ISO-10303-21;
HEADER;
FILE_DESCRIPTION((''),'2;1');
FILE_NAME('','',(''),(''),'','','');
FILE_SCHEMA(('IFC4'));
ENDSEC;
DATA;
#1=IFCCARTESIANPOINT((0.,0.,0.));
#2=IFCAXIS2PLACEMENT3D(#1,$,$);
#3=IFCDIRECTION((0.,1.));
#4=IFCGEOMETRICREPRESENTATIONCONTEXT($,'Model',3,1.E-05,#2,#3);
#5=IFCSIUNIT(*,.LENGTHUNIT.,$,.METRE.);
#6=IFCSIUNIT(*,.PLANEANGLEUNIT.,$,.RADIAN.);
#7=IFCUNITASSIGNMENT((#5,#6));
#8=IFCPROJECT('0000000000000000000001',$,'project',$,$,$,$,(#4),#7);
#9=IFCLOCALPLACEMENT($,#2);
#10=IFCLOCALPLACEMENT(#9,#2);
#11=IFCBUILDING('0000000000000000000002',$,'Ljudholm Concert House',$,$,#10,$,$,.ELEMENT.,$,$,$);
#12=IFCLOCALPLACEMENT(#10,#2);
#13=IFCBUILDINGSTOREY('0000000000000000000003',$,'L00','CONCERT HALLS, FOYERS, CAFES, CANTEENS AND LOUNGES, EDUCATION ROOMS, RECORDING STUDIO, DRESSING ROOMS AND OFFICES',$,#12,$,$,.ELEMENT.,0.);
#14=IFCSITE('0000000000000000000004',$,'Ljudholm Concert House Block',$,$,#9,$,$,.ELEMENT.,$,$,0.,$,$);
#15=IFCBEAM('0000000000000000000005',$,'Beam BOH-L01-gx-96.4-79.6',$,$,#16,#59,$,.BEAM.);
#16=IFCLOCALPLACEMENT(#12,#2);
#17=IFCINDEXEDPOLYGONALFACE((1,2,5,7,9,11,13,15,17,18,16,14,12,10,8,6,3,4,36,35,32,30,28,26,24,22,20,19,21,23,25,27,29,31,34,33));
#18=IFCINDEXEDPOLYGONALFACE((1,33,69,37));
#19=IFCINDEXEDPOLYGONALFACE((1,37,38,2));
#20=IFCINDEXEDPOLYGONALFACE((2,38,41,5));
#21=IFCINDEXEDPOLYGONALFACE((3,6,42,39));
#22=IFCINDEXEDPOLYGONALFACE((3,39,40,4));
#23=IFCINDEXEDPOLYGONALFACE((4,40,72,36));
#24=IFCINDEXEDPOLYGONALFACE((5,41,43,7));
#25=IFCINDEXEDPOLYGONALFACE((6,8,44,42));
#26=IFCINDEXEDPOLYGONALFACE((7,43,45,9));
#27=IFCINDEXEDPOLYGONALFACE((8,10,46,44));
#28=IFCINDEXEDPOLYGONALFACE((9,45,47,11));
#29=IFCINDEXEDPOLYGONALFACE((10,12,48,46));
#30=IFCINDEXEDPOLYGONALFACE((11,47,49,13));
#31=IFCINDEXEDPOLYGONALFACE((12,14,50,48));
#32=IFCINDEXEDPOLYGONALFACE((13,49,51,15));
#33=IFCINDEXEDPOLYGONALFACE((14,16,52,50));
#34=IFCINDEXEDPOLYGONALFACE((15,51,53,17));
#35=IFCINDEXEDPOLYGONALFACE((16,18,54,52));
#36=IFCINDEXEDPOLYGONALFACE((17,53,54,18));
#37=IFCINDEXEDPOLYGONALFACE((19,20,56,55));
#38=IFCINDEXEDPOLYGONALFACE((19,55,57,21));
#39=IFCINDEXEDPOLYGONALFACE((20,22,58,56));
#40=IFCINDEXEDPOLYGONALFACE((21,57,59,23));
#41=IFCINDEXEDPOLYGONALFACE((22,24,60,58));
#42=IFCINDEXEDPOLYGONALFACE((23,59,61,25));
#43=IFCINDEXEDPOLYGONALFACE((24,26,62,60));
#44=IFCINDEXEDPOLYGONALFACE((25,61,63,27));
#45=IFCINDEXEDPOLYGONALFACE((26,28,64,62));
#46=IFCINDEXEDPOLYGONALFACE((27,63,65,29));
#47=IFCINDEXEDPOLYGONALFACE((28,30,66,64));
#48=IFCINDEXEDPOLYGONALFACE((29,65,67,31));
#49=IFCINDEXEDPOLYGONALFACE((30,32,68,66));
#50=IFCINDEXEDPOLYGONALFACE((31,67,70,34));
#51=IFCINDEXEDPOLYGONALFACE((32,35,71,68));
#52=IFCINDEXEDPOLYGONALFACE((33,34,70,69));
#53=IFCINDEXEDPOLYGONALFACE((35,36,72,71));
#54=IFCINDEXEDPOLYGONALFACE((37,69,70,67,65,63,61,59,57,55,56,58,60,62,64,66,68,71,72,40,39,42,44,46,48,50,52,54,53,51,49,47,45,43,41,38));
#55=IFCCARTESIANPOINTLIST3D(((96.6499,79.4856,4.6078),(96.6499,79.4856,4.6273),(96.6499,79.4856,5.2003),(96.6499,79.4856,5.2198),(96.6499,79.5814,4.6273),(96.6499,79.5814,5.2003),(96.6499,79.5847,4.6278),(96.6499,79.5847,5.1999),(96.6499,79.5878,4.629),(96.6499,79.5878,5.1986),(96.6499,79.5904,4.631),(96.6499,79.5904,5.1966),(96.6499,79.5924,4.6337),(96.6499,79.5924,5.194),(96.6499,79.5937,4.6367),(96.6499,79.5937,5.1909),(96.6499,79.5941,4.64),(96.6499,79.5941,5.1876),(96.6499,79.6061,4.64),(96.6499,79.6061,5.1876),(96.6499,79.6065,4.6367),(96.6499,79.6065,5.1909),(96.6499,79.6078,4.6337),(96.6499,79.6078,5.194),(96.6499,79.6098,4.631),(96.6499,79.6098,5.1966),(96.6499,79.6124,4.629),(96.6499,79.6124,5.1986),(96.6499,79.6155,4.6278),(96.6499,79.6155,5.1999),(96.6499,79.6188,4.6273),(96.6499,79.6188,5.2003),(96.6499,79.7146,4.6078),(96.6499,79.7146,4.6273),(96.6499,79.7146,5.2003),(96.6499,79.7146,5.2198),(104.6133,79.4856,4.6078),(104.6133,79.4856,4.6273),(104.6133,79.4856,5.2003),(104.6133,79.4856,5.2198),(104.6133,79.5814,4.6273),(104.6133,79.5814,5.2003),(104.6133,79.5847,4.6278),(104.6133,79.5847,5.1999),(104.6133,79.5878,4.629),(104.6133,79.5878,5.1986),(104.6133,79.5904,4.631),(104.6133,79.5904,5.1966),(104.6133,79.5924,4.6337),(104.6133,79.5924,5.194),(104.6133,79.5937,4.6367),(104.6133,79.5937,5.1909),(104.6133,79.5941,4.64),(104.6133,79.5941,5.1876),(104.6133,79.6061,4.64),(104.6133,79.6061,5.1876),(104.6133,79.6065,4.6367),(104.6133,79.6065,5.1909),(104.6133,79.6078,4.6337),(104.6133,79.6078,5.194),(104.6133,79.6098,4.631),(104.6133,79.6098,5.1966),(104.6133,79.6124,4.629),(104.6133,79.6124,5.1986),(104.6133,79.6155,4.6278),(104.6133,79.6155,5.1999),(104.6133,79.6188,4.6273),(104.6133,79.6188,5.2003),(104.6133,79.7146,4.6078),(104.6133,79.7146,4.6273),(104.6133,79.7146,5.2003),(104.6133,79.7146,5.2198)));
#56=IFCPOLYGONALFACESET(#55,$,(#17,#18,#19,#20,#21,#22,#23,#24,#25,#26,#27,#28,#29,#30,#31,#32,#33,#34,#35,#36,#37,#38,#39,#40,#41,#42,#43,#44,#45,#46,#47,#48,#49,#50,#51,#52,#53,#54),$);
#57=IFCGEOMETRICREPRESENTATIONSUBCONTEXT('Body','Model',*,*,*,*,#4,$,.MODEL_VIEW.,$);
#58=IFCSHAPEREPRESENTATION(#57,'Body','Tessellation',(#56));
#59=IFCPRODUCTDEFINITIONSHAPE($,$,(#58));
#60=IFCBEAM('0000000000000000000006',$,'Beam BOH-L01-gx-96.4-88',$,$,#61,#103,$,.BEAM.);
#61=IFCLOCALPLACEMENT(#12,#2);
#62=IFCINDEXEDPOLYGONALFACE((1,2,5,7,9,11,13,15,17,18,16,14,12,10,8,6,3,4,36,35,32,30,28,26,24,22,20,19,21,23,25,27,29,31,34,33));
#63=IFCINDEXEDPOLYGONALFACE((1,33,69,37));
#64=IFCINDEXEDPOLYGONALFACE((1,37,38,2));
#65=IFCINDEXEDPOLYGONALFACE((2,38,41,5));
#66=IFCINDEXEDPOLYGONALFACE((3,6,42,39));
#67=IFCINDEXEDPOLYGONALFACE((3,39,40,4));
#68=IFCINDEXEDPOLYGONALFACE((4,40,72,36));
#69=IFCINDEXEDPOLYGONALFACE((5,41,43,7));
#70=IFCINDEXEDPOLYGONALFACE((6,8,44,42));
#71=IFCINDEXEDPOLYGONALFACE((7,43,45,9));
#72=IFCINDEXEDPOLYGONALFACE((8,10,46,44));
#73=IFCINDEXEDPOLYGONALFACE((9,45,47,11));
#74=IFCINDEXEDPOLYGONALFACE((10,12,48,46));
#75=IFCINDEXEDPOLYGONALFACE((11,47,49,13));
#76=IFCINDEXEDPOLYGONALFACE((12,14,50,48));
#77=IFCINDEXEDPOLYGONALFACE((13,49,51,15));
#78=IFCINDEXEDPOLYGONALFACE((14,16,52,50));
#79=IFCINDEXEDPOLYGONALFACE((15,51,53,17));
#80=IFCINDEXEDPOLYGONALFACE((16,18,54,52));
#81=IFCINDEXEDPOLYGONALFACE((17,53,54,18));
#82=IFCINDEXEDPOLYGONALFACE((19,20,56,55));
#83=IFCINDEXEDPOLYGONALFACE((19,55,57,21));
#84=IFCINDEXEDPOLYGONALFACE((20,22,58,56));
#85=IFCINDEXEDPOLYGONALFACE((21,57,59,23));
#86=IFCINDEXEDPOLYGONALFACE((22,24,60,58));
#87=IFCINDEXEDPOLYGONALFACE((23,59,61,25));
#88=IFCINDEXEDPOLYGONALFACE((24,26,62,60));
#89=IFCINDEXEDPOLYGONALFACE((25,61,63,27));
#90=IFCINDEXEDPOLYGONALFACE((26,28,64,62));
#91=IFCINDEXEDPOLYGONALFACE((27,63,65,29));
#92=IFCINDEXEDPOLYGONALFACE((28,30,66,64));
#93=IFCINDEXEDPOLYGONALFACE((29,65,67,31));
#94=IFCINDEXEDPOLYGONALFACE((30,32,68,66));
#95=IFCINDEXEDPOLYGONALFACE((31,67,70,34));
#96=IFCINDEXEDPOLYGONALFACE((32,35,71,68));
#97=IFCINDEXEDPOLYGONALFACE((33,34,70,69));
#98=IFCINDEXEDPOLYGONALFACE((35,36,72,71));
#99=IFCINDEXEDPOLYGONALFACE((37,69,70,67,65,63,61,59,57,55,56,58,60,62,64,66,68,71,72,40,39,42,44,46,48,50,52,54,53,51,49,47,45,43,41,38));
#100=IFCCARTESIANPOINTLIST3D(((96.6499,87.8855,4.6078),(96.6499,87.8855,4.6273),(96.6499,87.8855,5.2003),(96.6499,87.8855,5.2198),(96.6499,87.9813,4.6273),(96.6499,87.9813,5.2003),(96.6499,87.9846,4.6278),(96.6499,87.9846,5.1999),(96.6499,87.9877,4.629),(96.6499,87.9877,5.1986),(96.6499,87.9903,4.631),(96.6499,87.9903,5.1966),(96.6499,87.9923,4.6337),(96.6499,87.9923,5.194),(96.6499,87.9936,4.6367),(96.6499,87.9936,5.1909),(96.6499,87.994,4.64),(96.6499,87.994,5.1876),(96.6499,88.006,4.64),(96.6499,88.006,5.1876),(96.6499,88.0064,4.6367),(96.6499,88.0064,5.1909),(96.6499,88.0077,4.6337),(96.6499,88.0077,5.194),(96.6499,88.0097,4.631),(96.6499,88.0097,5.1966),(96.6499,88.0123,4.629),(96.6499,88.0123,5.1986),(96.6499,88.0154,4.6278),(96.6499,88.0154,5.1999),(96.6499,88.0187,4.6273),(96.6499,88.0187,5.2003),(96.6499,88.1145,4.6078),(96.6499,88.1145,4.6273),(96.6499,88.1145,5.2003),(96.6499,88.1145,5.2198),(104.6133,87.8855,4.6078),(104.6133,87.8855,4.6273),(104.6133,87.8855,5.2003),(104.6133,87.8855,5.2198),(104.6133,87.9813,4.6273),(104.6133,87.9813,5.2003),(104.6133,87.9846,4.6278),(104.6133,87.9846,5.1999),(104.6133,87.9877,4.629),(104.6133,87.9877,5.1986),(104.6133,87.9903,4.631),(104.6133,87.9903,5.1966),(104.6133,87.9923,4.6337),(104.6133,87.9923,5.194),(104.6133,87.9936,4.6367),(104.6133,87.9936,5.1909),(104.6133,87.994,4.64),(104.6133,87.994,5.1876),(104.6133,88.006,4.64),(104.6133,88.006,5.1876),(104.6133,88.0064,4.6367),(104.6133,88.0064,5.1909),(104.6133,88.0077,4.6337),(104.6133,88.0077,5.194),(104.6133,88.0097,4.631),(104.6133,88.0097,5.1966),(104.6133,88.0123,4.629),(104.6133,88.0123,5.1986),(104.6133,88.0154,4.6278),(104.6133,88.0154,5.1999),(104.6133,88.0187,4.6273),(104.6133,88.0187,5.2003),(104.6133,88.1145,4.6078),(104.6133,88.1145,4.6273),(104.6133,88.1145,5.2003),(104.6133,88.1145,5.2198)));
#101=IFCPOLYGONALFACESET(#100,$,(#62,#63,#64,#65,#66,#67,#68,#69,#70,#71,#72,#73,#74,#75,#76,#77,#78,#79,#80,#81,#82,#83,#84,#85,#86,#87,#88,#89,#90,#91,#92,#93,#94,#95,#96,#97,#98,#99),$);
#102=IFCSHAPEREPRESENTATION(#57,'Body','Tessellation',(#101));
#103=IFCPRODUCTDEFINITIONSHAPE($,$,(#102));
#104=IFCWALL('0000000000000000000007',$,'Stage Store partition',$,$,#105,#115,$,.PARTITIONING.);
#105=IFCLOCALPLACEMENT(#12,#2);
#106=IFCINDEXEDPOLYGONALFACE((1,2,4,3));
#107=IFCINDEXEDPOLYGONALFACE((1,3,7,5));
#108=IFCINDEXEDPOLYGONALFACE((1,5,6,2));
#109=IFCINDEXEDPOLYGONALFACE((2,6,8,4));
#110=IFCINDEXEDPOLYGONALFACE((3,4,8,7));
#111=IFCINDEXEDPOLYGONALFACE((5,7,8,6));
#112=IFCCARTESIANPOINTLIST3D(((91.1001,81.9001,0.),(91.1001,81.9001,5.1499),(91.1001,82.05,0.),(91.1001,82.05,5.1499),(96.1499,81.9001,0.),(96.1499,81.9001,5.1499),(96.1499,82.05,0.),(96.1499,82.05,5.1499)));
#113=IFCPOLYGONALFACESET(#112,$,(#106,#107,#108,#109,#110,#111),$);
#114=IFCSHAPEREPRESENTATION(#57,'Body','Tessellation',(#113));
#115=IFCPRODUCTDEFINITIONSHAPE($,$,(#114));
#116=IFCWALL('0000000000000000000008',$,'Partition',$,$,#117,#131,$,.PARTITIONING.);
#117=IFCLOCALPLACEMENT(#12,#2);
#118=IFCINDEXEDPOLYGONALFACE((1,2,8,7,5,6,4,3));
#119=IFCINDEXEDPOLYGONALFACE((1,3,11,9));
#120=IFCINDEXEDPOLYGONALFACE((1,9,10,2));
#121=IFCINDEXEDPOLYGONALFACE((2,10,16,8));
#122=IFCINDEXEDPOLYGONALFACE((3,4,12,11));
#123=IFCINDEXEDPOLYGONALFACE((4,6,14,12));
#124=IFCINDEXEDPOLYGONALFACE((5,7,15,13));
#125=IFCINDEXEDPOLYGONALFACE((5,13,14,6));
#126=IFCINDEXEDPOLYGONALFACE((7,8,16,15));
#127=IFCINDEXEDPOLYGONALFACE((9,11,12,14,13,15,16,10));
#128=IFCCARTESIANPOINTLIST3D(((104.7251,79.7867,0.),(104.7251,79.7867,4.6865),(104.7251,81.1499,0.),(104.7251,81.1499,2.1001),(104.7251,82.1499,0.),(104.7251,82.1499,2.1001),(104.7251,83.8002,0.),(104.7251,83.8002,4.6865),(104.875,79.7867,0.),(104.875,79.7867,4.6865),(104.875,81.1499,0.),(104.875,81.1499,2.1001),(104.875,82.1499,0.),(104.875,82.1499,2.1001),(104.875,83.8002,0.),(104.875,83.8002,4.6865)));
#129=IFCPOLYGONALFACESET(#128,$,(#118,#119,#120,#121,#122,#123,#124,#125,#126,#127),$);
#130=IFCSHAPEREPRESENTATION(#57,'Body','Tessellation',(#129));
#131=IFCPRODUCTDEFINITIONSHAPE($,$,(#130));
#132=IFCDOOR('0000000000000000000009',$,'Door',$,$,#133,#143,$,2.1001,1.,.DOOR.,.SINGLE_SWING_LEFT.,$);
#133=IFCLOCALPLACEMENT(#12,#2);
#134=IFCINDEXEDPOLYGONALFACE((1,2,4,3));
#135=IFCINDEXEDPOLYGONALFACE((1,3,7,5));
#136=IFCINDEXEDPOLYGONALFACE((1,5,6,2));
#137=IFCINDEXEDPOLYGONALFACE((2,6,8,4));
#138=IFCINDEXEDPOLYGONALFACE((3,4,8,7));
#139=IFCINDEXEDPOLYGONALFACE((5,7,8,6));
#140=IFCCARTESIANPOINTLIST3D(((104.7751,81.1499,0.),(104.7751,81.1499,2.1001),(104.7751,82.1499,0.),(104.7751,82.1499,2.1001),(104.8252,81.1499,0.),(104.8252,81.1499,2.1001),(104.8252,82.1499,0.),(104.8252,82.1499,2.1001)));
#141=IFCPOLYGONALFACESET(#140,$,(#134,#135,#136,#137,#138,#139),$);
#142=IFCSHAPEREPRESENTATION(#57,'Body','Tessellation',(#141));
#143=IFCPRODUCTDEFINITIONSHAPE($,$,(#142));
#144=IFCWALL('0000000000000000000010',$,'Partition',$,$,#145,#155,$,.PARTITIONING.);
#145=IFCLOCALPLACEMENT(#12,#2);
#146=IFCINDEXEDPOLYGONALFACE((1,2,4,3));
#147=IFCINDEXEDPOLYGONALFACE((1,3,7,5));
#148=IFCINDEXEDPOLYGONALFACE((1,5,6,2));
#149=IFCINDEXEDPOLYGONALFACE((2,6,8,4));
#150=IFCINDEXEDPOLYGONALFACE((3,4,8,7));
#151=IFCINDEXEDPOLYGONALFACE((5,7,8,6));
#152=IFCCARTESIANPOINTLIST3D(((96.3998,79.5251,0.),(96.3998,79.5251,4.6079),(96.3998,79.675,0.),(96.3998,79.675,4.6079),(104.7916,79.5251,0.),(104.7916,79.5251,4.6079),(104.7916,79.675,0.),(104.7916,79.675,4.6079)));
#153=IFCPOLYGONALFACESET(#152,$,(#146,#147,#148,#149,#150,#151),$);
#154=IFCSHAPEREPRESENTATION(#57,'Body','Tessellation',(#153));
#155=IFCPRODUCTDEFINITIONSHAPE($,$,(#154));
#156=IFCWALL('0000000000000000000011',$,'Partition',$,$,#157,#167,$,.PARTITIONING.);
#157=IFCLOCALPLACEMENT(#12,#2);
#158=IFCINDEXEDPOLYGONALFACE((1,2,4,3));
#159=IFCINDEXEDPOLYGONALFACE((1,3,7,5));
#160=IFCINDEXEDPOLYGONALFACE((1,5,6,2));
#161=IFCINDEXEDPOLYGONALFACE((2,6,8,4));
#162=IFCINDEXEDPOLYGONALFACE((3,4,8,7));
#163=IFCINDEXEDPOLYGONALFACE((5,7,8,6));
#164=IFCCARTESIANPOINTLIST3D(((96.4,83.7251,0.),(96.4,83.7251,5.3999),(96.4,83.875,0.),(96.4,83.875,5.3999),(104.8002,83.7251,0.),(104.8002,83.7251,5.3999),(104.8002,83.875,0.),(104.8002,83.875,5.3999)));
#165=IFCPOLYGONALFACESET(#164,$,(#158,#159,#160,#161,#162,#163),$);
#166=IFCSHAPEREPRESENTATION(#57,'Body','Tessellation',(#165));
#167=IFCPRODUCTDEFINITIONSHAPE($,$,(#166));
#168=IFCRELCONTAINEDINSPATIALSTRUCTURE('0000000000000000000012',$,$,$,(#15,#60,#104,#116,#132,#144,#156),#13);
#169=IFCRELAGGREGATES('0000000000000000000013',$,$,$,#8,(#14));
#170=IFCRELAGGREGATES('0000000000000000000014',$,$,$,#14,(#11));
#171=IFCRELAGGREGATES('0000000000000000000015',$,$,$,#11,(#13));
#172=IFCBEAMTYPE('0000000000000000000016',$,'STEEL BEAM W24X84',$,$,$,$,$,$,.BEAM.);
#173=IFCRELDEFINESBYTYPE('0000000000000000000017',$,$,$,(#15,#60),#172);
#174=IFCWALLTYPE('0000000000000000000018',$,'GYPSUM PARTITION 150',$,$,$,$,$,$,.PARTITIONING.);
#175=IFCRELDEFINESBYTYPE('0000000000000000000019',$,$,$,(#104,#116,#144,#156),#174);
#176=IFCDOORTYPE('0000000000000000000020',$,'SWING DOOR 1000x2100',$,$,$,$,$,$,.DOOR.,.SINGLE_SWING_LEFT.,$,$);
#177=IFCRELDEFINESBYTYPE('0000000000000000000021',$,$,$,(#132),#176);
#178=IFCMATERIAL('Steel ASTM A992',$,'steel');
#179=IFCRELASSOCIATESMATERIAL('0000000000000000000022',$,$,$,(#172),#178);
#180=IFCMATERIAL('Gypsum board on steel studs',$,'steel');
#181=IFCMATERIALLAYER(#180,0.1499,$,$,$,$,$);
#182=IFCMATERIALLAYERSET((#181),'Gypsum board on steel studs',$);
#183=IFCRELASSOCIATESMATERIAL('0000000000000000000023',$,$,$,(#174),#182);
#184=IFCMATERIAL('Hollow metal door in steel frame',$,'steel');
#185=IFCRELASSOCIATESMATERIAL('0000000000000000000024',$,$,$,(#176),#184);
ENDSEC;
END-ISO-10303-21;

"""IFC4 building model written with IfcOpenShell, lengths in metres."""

from ifc_helpers import new_model, si_unit, direction, frame, frame_2d, origin, origin_2d, place, context, subcontext, project, spatial, rectangle, i_section, extrude, material, layer, layer_set, material_profile, profile_set, type_object, element, fill, save


model = new_model("IFC4")

# Units and contexts
model_context = context("Model", 3, precision=1e-05, world=origin(), true_north=direction((0.0, 1.0)))
body_context = subcontext(model_context, "Body", "Model", "MODEL_VIEW")
ifc_project = project(units=[si_unit("LENGTHUNIT", "METRE"), si_unit("PLANEANGLEUNIT", "RADIAN")], contexts=[model_context])

# Site, building, storey
site_placement = place(None, origin())
site = spatial("IfcSite", under=ifc_project, at=site_placement, Name="Ljudholm Concert House Block", CompositionType="ELEMENT", RefElevation=0.0)
building_placement = place(site_placement, origin())
building = spatial("IfcBuilding", under=site, at=building_placement, Name="Ljudholm Concert House", CompositionType="ELEMENT")
storey_placement = place(building_placement, origin())
storey = spatial("IfcBuildingStorey", under=building, at=storey_placement, Name="L00", Description="CONCERT HALLS, FOYERS, CAFES, CANTEENS AND LOUNGES, EDUCATION ROOMS, RECORDING STUDIO, DRESSING ROOMS AND OFFICES", CompositionType="ELEMENT", Elevation=0.0)

# Beams
ifc_material_1 = material(Name="Steel ASTM A992", Category="steel")
ifc_material_profile_1 = material_profile(ifc_material_1, i_section(OverallWidth=0.229, OverallDepth=0.6121, WebThickness=0.012, FlangeThickness=0.0195, FilletRadius=0.0127, at=origin_2d()), Name="W24X84")
ifc_profile_set_1 = profile_set([ifc_material_profile_1], Name="Steel ASTM A992")
beam_type_1 = type_object("IfcBeamType", Name="STEEL BEAM W24X84", PredefinedType="BEAM", material=ifc_profile_set_1)
for number, where, z_axis, x_axis, name in (
    (1, (96.6499, 79.6001, 4.9138), (1.0, 0.0, 0.0), (0.0, 1.0, 0.0), "Beam BOH-L01-gx-96.4-79.6"),
    (2, (96.6499, 88.0, 4.9138), (1.0, 0.0, 0.0), (0.0, 1.0, 0.0), "Beam BOH-L01-gx-96.4-88"),
):
    element("IfcBeam", number, at=place(storey_placement, frame(where, z_axis=z_axis, x_axis=x_axis)), inside=storey, type_object=beam_type_1, Name=name, PredefinedType="BEAM", context=body_context, shape_type="SweptSolid", body=[
        extrude(i_section(OverallWidth=0.229, OverallDepth=0.6121, WebThickness=0.012, FlangeThickness=0.0195, FilletRadius=0.0127, at=origin_2d()), origin(), (0.0, 0.0, 1.0), 7.9634),
    ])

# Wall
ifc_material_2 = material(Name="Gypsum board on steel studs", Category="steel")
ifc_layer = layer(ifc_material_2, 0.1499)
ifc_layer_set = layer_set([ifc_layer], Name="Gypsum board on steel studs")
wall_type = type_object("IfcWallType", Name="GYPSUM PARTITION 150", PredefinedType="PARTITIONING", material=ifc_layer_set)
wall_1_placement = place(storey_placement, frame((91.1001, 81.9751, 0.0), z_axis=(0.0, 0.0, 1.0), x_axis=(1.0, 0.0, 0.0)))
element("IfcWall", 3, at=wall_1_placement, inside=storey, type_object=wall_type, Name="Stage Store partition", PredefinedType="PARTITIONING", context=body_context, shape_type="SweptSolid", body=[
    extrude(rectangle(XDim=5.0498, YDim=0.1499, at=frame_2d((2.5249, 0.0))), origin(), (0.0, 0.0, 1.0), 5.1499),
])

# Wall, opening, door
wall_2_placement = place(storey_placement, frame((104.8, 79.7866, 0.0), z_axis=(0.0, 0.0, 1.0), x_axis=(0.0, 1.0, 0.0)))
wall_2 = element("IfcWall", 4, at=wall_2_placement, inside=storey, type_object=wall_type, Name="Partition", PredefinedType="PARTITIONING", context=body_context, shape_type="SweptSolid", body=[
    extrude(rectangle(XDim=4.0134, YDim=0.1499, at=frame_2d((2.0068, 0.0))), origin(), (0.0, 0.0, 1.0), 4.6865),
])
opening_placement = place(wall_2_placement, frame((1.3633, 0.0, 0.0)))
opening = element("IfcOpeningElement", 5, at=opening_placement, cuts=wall_2, PredefinedType="OPENING", context=body_context, shape_type="SweptSolid", body=[
    extrude(rectangle(XDim=1.0, YDim=2.1001, at=frame_2d((0.5, 1.05))), frame((0.0, 0.085, 0.0), z_axis=(0.0, -1.0, 0.0), x_axis=(1.0, 0.0, 0.0)), (0.0, 0.0, 1.0), 0.1699),
])
ifc_material_3 = material(Name="Hollow metal door in steel frame", Category="steel")
door_type = type_object("IfcDoorType", Name="SWING DOOR 1000x2100", OperationType="SINGLE_SWING_LEFT", PredefinedType="DOOR", material=ifc_material_3)
door_placement = place(opening_placement, origin())
door = element("IfcDoor", 6, at=door_placement, inside=storey, type_object=door_type, Name="Door", OperationType="SINGLE_SWING_LEFT", OverallHeight=2.1001, OverallWidth=1.0, PredefinedType="DOOR", context=body_context, shape_type="SweptSolid", body=[
    extrude(rectangle(XDim=1.0, YDim=2.1001, at=frame_2d((0.5, 1.05))), frame((0.0, 0.0249, 0.0), z_axis=(0.0, -1.0, 0.0), x_axis=(1.0, 0.0, 0.0)), (0.0, 0.0, 1.0), 0.05),
])
fill(opening, door)

# Walls
wall_3_placement = place(storey_placement, frame((96.3999, 79.6001, 0.0), z_axis=(0.0, 0.0, 1.0), x_axis=(1.0, 0.0, 0.0)))
element("IfcWall", 7, at=wall_3_placement, inside=storey, type_object=wall_type, Name="Partition", PredefinedType="PARTITIONING", context=body_context, shape_type="SweptSolid", body=[
    extrude(rectangle(XDim=8.3918, YDim=0.1499, at=frame_2d((4.1958, 0.0))), origin(), (0.0, 0.0, 1.0), 4.6079),
])
wall_4_placement = place(storey_placement, frame((96.3999, 83.8, 0.0), z_axis=(0.0, 0.0, 1.0), x_axis=(1.0, 0.0, 0.0)))
element("IfcWall", 8, at=wall_4_placement, inside=storey, type_object=wall_type, Name="Partition", PredefinedType="PARTITIONING", context=body_context, shape_type="SweptSolid", body=[
    extrude(rectangle(XDim=8.4001, YDim=0.1499, at=frame_2d((4.2002, 0.0))), origin(), (0.0, 0.0, 1.0), 5.3999),
])

save(model, "model.ifc")
